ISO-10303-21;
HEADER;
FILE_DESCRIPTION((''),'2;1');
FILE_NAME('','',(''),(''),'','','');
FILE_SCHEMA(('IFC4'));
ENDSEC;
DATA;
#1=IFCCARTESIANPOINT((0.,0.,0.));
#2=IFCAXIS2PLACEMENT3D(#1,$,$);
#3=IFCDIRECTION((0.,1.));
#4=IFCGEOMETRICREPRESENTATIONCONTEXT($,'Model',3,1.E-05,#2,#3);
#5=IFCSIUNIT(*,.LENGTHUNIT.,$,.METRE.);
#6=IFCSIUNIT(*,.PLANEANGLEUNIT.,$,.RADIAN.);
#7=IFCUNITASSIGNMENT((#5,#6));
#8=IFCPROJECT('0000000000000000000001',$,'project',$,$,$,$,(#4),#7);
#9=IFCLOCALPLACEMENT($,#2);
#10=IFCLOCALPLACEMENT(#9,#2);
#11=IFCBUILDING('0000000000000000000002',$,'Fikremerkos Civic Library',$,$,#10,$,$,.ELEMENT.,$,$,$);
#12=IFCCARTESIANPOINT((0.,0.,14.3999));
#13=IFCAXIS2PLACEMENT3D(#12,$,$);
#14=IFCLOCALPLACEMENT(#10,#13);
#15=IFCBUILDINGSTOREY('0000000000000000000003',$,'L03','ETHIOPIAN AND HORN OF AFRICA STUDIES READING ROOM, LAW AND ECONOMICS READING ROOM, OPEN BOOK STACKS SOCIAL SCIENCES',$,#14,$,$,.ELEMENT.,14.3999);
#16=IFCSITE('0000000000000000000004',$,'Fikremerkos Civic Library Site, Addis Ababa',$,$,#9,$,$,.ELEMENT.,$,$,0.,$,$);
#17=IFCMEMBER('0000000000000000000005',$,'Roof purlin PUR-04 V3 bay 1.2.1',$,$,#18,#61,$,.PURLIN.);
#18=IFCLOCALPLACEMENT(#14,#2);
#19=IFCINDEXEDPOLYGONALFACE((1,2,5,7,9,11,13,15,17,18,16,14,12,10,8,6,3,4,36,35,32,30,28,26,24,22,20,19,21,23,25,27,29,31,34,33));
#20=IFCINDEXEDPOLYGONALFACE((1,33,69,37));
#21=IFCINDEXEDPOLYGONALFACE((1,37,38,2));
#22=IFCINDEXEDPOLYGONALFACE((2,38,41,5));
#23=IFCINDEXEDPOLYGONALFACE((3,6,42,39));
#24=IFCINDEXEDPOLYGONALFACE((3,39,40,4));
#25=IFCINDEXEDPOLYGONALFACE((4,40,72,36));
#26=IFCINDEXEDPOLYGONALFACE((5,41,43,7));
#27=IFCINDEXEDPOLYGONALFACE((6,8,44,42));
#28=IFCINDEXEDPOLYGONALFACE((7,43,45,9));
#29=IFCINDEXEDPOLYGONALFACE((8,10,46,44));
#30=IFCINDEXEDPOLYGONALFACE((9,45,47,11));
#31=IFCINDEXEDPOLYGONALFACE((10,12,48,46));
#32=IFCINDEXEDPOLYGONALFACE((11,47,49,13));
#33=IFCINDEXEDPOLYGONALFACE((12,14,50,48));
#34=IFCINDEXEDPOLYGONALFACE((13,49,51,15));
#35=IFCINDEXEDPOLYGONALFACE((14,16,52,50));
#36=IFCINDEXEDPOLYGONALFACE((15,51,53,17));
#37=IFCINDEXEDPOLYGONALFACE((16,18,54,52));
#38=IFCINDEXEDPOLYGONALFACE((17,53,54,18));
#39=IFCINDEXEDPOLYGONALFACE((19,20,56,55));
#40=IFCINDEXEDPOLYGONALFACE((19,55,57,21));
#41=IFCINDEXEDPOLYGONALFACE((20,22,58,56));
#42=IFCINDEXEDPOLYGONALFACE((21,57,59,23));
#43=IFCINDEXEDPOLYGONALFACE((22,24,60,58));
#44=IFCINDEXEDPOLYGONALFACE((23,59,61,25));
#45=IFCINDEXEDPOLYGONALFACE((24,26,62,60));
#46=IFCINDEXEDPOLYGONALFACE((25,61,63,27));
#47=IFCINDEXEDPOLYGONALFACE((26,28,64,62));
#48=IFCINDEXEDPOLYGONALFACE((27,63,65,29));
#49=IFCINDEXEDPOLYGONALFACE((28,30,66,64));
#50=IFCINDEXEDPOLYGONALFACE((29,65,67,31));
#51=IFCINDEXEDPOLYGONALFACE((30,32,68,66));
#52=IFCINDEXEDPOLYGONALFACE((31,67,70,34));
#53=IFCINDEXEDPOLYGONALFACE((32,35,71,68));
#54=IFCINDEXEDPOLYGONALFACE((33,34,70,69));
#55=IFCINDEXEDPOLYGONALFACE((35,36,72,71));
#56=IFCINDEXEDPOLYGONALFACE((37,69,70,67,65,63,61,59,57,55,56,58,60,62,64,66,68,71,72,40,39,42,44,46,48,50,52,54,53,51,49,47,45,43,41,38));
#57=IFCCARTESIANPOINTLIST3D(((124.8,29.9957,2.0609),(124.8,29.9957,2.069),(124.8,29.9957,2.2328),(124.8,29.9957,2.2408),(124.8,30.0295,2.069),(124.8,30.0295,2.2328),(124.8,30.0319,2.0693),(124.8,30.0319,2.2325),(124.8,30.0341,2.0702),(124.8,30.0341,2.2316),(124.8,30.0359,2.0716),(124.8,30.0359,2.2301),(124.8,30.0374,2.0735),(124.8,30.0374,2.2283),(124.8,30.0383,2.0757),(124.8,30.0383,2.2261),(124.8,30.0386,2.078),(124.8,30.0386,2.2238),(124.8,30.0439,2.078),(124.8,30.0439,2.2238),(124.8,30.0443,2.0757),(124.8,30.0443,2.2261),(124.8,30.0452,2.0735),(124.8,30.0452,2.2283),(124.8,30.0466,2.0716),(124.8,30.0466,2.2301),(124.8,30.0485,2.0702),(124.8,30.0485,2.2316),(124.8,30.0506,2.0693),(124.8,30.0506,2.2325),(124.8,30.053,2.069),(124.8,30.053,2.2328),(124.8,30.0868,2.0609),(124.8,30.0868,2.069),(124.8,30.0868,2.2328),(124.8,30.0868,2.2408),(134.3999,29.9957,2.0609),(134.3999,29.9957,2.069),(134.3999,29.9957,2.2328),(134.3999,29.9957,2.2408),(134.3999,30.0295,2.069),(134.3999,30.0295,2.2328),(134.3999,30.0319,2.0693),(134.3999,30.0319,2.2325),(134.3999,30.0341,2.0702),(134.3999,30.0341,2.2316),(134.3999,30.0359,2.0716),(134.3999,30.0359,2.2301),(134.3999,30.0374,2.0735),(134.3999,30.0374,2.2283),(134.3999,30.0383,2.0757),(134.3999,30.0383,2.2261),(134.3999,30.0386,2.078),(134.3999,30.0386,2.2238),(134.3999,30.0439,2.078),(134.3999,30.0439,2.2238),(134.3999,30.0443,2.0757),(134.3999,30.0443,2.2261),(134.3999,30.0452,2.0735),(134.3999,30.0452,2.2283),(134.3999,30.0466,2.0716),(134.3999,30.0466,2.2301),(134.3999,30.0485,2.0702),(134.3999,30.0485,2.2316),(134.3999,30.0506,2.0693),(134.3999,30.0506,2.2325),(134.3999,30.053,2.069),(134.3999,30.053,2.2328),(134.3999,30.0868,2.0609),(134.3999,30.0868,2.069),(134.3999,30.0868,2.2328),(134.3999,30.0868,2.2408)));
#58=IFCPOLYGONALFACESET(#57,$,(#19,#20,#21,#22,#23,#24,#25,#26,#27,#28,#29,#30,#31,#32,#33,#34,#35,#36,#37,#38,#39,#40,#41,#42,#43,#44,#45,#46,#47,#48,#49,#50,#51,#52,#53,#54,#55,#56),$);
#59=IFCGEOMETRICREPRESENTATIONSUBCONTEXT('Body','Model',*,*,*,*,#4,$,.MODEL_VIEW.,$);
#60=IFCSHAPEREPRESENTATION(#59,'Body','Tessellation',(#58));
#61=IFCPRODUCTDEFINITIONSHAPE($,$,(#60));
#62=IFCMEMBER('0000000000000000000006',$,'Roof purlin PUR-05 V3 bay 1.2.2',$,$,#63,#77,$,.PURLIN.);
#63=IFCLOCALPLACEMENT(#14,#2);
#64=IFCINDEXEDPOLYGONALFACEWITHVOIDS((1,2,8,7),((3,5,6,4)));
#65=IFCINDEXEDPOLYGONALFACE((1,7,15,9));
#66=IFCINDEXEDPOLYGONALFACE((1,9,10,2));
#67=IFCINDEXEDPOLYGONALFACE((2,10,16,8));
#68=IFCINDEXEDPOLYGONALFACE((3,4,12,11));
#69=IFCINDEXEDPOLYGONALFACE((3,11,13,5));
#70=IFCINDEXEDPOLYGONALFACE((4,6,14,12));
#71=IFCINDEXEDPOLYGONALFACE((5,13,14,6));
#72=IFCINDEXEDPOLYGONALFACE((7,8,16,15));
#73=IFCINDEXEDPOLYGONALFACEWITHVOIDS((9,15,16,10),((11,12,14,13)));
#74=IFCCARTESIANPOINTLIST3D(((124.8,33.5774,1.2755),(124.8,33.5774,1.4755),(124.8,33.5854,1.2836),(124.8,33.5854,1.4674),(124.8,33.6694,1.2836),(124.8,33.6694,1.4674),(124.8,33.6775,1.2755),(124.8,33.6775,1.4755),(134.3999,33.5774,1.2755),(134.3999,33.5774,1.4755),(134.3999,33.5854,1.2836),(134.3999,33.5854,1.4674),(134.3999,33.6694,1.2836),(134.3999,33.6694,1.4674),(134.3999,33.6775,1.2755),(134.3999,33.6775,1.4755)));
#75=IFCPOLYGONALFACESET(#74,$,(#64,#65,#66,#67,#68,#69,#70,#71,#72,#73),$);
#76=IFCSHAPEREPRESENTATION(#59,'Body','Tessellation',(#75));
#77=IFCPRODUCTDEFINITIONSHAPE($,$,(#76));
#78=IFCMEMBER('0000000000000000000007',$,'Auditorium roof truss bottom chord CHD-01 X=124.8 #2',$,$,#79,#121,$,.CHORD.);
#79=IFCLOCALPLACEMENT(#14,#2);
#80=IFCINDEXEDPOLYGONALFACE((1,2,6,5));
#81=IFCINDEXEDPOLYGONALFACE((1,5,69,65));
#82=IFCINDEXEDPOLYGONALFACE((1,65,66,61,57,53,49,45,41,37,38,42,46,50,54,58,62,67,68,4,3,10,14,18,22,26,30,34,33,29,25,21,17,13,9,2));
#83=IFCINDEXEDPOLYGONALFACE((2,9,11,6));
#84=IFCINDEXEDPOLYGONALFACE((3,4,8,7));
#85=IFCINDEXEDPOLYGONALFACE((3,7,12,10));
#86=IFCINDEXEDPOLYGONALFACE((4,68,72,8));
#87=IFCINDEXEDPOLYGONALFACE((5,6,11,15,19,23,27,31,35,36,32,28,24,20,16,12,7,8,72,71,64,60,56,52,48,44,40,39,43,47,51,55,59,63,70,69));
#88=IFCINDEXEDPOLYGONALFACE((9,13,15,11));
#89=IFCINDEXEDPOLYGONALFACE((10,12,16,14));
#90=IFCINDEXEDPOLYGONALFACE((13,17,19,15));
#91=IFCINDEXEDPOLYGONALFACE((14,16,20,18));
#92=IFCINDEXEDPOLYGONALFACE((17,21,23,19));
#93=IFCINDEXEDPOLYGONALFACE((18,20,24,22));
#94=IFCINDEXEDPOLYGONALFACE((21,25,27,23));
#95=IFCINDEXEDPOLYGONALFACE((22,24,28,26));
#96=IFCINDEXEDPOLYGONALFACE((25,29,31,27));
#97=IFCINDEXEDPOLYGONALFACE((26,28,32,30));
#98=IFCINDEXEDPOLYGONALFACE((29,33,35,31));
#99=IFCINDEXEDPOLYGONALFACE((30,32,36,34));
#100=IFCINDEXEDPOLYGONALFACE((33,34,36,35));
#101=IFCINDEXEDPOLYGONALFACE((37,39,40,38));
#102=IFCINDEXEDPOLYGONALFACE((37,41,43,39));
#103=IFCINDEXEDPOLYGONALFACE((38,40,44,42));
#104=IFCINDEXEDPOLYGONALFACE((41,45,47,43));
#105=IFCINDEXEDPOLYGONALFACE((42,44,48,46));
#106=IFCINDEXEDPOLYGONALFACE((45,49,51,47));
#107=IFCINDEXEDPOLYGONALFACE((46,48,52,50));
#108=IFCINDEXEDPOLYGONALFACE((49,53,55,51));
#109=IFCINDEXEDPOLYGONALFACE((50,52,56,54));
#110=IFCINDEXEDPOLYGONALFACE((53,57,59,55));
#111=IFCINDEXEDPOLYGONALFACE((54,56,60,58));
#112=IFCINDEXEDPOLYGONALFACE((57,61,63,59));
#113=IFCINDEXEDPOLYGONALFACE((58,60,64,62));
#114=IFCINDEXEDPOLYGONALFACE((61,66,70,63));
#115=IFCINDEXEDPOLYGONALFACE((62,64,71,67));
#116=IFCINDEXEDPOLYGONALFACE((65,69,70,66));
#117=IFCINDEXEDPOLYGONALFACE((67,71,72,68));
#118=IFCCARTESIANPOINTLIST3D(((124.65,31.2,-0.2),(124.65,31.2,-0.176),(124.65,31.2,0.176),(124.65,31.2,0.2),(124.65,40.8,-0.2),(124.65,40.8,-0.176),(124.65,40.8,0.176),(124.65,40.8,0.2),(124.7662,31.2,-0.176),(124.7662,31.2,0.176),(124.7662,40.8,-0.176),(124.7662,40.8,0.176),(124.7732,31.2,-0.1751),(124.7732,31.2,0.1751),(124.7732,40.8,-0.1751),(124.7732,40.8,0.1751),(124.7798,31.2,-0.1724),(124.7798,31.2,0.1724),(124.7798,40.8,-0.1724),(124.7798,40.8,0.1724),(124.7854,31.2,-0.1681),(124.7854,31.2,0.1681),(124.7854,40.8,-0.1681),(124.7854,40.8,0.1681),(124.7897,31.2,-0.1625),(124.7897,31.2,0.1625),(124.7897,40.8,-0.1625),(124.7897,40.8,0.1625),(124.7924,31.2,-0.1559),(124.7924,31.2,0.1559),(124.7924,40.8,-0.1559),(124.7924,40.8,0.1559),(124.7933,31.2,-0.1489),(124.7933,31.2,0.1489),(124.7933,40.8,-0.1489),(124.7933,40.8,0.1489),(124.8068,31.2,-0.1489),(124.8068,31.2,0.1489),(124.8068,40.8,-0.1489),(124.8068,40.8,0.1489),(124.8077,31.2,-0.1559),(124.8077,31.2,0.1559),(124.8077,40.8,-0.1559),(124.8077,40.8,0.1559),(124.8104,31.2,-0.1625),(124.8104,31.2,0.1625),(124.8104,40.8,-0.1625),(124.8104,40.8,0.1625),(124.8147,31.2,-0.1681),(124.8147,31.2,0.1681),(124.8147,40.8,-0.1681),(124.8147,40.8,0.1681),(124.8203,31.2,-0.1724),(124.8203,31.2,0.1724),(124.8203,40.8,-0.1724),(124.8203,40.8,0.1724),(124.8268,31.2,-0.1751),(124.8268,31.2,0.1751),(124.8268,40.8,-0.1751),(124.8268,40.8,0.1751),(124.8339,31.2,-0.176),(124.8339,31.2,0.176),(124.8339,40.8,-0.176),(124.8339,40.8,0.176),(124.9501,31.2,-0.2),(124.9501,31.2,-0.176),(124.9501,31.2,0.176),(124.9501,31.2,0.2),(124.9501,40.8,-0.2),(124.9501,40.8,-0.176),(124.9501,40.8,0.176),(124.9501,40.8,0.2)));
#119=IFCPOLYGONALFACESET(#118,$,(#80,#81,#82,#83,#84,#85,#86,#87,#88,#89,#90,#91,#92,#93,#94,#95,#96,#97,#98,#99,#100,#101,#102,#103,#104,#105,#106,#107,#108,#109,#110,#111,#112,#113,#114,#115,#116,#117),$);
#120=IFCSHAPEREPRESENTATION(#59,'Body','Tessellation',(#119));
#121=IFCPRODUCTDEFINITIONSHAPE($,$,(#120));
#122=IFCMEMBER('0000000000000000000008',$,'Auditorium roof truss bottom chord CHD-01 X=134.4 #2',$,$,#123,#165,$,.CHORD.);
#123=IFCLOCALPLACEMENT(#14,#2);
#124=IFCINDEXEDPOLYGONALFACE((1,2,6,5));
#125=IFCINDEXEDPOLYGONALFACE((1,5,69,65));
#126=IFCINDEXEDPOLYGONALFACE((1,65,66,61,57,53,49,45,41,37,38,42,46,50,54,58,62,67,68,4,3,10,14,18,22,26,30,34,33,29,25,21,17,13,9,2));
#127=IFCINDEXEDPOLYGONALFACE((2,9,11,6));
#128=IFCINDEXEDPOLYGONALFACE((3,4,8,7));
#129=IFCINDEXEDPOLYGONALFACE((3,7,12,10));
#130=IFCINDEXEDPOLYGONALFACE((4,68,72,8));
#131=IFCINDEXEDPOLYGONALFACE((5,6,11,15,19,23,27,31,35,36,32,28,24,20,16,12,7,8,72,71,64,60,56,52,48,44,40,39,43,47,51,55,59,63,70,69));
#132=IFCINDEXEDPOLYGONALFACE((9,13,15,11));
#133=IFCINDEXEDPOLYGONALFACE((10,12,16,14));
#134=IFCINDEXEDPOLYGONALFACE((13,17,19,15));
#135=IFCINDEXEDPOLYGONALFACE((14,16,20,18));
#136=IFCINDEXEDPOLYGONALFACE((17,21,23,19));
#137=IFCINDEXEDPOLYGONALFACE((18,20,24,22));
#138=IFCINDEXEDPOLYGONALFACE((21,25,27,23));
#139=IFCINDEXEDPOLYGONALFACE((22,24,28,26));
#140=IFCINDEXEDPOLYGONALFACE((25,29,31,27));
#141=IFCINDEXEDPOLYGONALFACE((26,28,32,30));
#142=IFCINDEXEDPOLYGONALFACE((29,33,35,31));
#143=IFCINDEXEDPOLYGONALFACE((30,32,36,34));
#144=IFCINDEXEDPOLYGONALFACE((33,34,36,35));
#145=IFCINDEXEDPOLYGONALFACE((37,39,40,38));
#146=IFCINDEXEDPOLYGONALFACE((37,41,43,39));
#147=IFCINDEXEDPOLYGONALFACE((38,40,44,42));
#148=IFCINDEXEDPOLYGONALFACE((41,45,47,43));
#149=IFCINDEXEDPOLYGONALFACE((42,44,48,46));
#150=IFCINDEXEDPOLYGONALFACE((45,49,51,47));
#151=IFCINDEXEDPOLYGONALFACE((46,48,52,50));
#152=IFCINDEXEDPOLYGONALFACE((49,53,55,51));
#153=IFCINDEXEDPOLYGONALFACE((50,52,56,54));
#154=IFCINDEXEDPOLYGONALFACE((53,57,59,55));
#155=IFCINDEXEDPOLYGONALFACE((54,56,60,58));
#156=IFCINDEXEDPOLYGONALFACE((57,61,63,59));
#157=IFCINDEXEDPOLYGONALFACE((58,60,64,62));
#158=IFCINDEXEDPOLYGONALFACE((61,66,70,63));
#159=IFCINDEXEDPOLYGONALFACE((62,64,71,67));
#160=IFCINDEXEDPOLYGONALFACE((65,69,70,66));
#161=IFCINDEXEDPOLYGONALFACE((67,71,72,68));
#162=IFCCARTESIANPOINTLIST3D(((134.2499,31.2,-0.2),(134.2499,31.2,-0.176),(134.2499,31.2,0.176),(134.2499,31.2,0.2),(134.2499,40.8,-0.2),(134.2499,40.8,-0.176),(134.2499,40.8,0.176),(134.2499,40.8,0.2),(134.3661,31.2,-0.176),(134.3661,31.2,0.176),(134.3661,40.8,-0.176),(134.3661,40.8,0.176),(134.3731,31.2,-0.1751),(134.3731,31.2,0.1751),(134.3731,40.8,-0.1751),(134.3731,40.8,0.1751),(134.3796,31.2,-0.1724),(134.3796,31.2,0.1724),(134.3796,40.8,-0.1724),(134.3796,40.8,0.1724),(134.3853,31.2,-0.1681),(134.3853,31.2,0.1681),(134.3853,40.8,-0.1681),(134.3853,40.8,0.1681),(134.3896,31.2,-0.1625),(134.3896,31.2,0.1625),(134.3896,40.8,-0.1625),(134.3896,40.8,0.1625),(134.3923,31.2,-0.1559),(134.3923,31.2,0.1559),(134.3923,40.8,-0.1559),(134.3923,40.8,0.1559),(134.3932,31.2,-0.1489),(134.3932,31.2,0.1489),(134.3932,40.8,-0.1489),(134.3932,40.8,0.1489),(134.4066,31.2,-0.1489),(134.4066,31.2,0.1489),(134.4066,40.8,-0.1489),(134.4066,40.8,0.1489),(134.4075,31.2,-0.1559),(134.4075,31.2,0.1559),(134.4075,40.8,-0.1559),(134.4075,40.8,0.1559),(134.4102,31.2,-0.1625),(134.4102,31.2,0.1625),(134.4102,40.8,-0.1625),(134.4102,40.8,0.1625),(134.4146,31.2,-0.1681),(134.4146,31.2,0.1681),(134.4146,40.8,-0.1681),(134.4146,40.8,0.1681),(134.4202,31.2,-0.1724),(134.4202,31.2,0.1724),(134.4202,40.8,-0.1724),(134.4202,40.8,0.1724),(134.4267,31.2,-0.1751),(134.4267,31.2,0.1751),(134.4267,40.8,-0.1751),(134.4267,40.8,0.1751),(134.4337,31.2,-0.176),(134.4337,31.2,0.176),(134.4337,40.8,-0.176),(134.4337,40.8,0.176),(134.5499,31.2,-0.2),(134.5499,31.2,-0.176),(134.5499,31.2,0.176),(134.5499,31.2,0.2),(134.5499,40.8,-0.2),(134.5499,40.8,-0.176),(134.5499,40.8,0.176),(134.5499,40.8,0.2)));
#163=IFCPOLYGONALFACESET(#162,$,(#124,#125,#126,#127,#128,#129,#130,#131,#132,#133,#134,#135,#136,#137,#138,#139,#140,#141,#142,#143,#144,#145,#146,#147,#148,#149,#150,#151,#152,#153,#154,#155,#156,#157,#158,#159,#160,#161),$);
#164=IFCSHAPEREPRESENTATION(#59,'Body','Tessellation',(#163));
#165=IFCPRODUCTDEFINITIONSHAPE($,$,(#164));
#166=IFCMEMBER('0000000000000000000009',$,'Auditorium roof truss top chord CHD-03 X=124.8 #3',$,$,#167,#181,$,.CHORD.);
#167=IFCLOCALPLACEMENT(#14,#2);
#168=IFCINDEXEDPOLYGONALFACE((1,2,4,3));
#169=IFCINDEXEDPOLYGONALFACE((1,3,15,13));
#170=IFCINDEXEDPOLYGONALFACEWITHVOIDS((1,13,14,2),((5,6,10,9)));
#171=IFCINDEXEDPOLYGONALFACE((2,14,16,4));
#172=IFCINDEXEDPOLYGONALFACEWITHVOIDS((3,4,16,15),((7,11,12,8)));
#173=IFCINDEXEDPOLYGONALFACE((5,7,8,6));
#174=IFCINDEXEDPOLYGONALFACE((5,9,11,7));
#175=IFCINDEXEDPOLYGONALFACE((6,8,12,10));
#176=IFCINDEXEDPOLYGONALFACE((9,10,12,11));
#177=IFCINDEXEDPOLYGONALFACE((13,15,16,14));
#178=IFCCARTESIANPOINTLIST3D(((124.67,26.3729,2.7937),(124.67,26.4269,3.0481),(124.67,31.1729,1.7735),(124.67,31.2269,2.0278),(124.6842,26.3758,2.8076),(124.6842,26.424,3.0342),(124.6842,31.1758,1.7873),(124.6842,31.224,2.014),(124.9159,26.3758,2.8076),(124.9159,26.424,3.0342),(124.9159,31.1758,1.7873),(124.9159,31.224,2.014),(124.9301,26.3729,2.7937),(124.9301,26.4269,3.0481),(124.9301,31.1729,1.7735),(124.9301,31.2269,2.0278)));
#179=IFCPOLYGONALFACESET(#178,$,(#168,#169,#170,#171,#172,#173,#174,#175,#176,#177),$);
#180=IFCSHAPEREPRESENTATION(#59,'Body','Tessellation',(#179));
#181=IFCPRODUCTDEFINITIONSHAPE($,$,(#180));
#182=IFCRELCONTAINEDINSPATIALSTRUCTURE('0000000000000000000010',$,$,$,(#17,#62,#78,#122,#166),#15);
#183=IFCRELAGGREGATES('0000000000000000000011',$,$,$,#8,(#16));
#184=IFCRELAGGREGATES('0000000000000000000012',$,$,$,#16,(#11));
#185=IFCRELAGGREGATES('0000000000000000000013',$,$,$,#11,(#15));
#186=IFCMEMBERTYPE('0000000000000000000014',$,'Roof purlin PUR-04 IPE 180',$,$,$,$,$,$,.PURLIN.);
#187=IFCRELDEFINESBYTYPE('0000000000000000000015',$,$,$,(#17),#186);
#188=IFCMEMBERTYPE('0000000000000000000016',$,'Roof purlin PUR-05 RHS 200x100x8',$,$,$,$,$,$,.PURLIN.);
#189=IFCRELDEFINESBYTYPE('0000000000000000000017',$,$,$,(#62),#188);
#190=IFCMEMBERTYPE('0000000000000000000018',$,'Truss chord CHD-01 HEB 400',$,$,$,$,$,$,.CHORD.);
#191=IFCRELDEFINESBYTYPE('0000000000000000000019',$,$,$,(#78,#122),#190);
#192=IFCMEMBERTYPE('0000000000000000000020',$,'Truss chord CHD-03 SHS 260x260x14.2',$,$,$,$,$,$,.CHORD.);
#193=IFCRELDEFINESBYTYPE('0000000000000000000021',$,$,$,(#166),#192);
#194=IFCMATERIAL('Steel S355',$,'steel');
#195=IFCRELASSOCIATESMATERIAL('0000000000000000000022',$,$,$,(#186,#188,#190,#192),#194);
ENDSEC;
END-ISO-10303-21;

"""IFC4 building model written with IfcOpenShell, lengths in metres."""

from ifc_helpers import new_model, si_unit, direction, frame, origin, origin_2d, place, context, subcontext, project, spatial, hollow_rectangle, i_section, extrude, material, material_profile, profile_set, type_object, element, save


model = new_model("IFC4")

# Units and contexts
model_context = context("Model", 3, precision=1e-05, world=origin(), true_north=direction((0.0, 1.0)))
body_context = subcontext(model_context, "Body", "Model", "MODEL_VIEW")
ifc_project = project(units=[si_unit("LENGTHUNIT", "METRE"), si_unit("PLANEANGLEUNIT", "RADIAN")], contexts=[model_context])

# Site, building, storey
site_placement = place(None, origin())
site = spatial("IfcSite", under=ifc_project, at=site_placement, Name="Fikremerkos Civic Library Site, Addis Ababa", CompositionType="ELEMENT", RefElevation=0.0)
building_placement = place(site_placement, origin())
building = spatial("IfcBuilding", under=site, at=building_placement, Name="Fikremerkos Civic Library", CompositionType="ELEMENT")
storey_placement = place(building_placement, frame((0.0, 0.0, 14.3999)))
storey = spatial("IfcBuildingStorey", under=building, at=storey_placement, Name="L03", Description="ETHIOPIAN AND HORN OF AFRICA STUDIES READING ROOM, LAW AND ECONOMICS READING ROOM, OPEN BOOK STACKS SOCIAL SCIENCES", CompositionType="ELEMENT", Elevation=14.3999)

# Shared definitions
ifc_material_1 = material(Name="Steel S355", Category="steel")

# Members
ifc_material_profile_1 = material_profile(ifc_material_1, i_section(OverallWidth=0.0911, OverallDepth=0.1799, WebThickness=0.0054, FlangeThickness=0.0081, FilletRadius=0.009, at=origin_2d()), Name="IPE 180")
ifc_profile_set_1 = profile_set([ifc_material_profile_1], Name="Steel S355")
member_type_1 = type_object("IfcMemberType", Name="Roof purlin PUR-04 IPE 180", PredefinedType="PURLIN", material=ifc_profile_set_1)
member_1_placement = place(storey_placement, frame((124.8, 30.0413, 2.1509), z_axis=(1.0, 0.0, 0.0), x_axis=(0.0, 1.0, 0.0)))
element("IfcMember", 1, at=member_1_placement, inside=storey, type_object=member_type_1, Name="Roof purlin PUR-04 V3 bay 1.2.1", PredefinedType="PURLIN", context=body_context, shape_type="SweptSolid", body=[
    extrude(i_section(OverallWidth=0.0911, OverallDepth=0.1799, WebThickness=0.0054, FlangeThickness=0.0081, FilletRadius=0.009, at=origin_2d()), origin(), (0.0, 0.0, 1.0), 9.5999),
])
ifc_material_profile_2 = material_profile(ifc_material_1, hollow_rectangle(XDim=0.1001, YDim=0.2, WallThickness=0.0081, at=origin_2d()), Name="RHS 200x100x8")
ifc_profile_set_2 = profile_set([ifc_material_profile_2], Name="Steel S355")
member_type_2 = type_object("IfcMemberType", Name="Roof purlin PUR-05 RHS 200x100x8", PredefinedType="PURLIN", material=ifc_profile_set_2)
member_2_placement = place(storey_placement, frame((124.8, 33.6274, 1.3755), z_axis=(1.0, 0.0, 0.0), x_axis=(0.0, 1.0, 0.0)))
element("IfcMember", 2, at=member_2_placement, inside=storey, type_object=member_type_2, Name="Roof purlin PUR-05 V3 bay 1.2.2", PredefinedType="PURLIN", context=body_context, shape_type="SweptSolid", body=[
    extrude(hollow_rectangle(XDim=0.1001, YDim=0.2, WallThickness=0.0081, at=origin_2d()), origin(), (0.0, 0.0, 1.0), 9.5999),
])
ifc_material_profile_3 = material_profile(ifc_material_1, i_section(OverallWidth=0.3, OverallDepth=0.3999, WebThickness=0.0134, FlangeThickness=0.0239, FilletRadius=0.0271, at=origin_2d()), Name="HEB 400")
ifc_profile_set_3 = profile_set([ifc_material_profile_3], Name="Steel S355")
member_type_3 = type_object("IfcMemberType", Name="Truss chord CHD-01 HEB 400", PredefinedType="CHORD", material=ifc_profile_set_3)
for number, where, z_axis, x_axis, name in (
    (3, (124.8, 31.2, 0.0), (0.0, 1.0, 0.0), (-1.0, 0.0, 0.0), "Auditorium roof truss bottom chord CHD-01 X=124.8 #2"),
    (4, (134.3999, 31.2, 0.0), (0.0, 1.0, 0.0), (-1.0, 0.0, 0.0), "Auditorium roof truss bottom chord CHD-01 X=134.4 #2"),
):
    element("IfcMember", number, at=place(storey_placement, frame(where, z_axis=z_axis, x_axis=x_axis)), inside=storey, type_object=member_type_3, Name=name, PredefinedType="CHORD", context=body_context, shape_type="SweptSolid", body=[
        extrude(i_section(OverallWidth=0.3, OverallDepth=0.3999, WebThickness=0.0134, FlangeThickness=0.0239, FilletRadius=0.0271, at=origin_2d()), origin(), (0.0, 0.0, 1.0), 9.6001),
    ])
ifc_material_profile_4 = material_profile(ifc_material_1, hollow_rectangle(XDim=0.26, YDim=0.26, WallThickness=0.0142, at=origin_2d()), Name="SHS 260x260x14.2")
ifc_profile_set_4 = profile_set([ifc_material_profile_4], Name="Steel S355")
member_type_4 = type_object("IfcMemberType", Name="Truss chord CHD-03 SHS 260x260x14.2", PredefinedType="CHORD", material=ifc_profile_set_4)
member_3_placement = place(storey_placement, frame((124.8, 26.3999, 2.9209), z_axis=(0.0, 0.978148, -0.207908), x_axis=(-1.0, 0.0, 0.0)))
element("IfcMember", 5, at=member_3_placement, inside=storey, type_object=member_type_4, Name="Auditorium roof truss top chord CHD-03 X=124.8 #3", PredefinedType="CHORD", context=body_context, shape_type="SweptSolid", body=[
    extrude(hollow_rectangle(XDim=0.26, YDim=0.26, WallThickness=0.0142, at=origin_2d()), origin(), (0.0, 0.0, 1.0), 4.9072),
])

save(model, "model.ifc")
